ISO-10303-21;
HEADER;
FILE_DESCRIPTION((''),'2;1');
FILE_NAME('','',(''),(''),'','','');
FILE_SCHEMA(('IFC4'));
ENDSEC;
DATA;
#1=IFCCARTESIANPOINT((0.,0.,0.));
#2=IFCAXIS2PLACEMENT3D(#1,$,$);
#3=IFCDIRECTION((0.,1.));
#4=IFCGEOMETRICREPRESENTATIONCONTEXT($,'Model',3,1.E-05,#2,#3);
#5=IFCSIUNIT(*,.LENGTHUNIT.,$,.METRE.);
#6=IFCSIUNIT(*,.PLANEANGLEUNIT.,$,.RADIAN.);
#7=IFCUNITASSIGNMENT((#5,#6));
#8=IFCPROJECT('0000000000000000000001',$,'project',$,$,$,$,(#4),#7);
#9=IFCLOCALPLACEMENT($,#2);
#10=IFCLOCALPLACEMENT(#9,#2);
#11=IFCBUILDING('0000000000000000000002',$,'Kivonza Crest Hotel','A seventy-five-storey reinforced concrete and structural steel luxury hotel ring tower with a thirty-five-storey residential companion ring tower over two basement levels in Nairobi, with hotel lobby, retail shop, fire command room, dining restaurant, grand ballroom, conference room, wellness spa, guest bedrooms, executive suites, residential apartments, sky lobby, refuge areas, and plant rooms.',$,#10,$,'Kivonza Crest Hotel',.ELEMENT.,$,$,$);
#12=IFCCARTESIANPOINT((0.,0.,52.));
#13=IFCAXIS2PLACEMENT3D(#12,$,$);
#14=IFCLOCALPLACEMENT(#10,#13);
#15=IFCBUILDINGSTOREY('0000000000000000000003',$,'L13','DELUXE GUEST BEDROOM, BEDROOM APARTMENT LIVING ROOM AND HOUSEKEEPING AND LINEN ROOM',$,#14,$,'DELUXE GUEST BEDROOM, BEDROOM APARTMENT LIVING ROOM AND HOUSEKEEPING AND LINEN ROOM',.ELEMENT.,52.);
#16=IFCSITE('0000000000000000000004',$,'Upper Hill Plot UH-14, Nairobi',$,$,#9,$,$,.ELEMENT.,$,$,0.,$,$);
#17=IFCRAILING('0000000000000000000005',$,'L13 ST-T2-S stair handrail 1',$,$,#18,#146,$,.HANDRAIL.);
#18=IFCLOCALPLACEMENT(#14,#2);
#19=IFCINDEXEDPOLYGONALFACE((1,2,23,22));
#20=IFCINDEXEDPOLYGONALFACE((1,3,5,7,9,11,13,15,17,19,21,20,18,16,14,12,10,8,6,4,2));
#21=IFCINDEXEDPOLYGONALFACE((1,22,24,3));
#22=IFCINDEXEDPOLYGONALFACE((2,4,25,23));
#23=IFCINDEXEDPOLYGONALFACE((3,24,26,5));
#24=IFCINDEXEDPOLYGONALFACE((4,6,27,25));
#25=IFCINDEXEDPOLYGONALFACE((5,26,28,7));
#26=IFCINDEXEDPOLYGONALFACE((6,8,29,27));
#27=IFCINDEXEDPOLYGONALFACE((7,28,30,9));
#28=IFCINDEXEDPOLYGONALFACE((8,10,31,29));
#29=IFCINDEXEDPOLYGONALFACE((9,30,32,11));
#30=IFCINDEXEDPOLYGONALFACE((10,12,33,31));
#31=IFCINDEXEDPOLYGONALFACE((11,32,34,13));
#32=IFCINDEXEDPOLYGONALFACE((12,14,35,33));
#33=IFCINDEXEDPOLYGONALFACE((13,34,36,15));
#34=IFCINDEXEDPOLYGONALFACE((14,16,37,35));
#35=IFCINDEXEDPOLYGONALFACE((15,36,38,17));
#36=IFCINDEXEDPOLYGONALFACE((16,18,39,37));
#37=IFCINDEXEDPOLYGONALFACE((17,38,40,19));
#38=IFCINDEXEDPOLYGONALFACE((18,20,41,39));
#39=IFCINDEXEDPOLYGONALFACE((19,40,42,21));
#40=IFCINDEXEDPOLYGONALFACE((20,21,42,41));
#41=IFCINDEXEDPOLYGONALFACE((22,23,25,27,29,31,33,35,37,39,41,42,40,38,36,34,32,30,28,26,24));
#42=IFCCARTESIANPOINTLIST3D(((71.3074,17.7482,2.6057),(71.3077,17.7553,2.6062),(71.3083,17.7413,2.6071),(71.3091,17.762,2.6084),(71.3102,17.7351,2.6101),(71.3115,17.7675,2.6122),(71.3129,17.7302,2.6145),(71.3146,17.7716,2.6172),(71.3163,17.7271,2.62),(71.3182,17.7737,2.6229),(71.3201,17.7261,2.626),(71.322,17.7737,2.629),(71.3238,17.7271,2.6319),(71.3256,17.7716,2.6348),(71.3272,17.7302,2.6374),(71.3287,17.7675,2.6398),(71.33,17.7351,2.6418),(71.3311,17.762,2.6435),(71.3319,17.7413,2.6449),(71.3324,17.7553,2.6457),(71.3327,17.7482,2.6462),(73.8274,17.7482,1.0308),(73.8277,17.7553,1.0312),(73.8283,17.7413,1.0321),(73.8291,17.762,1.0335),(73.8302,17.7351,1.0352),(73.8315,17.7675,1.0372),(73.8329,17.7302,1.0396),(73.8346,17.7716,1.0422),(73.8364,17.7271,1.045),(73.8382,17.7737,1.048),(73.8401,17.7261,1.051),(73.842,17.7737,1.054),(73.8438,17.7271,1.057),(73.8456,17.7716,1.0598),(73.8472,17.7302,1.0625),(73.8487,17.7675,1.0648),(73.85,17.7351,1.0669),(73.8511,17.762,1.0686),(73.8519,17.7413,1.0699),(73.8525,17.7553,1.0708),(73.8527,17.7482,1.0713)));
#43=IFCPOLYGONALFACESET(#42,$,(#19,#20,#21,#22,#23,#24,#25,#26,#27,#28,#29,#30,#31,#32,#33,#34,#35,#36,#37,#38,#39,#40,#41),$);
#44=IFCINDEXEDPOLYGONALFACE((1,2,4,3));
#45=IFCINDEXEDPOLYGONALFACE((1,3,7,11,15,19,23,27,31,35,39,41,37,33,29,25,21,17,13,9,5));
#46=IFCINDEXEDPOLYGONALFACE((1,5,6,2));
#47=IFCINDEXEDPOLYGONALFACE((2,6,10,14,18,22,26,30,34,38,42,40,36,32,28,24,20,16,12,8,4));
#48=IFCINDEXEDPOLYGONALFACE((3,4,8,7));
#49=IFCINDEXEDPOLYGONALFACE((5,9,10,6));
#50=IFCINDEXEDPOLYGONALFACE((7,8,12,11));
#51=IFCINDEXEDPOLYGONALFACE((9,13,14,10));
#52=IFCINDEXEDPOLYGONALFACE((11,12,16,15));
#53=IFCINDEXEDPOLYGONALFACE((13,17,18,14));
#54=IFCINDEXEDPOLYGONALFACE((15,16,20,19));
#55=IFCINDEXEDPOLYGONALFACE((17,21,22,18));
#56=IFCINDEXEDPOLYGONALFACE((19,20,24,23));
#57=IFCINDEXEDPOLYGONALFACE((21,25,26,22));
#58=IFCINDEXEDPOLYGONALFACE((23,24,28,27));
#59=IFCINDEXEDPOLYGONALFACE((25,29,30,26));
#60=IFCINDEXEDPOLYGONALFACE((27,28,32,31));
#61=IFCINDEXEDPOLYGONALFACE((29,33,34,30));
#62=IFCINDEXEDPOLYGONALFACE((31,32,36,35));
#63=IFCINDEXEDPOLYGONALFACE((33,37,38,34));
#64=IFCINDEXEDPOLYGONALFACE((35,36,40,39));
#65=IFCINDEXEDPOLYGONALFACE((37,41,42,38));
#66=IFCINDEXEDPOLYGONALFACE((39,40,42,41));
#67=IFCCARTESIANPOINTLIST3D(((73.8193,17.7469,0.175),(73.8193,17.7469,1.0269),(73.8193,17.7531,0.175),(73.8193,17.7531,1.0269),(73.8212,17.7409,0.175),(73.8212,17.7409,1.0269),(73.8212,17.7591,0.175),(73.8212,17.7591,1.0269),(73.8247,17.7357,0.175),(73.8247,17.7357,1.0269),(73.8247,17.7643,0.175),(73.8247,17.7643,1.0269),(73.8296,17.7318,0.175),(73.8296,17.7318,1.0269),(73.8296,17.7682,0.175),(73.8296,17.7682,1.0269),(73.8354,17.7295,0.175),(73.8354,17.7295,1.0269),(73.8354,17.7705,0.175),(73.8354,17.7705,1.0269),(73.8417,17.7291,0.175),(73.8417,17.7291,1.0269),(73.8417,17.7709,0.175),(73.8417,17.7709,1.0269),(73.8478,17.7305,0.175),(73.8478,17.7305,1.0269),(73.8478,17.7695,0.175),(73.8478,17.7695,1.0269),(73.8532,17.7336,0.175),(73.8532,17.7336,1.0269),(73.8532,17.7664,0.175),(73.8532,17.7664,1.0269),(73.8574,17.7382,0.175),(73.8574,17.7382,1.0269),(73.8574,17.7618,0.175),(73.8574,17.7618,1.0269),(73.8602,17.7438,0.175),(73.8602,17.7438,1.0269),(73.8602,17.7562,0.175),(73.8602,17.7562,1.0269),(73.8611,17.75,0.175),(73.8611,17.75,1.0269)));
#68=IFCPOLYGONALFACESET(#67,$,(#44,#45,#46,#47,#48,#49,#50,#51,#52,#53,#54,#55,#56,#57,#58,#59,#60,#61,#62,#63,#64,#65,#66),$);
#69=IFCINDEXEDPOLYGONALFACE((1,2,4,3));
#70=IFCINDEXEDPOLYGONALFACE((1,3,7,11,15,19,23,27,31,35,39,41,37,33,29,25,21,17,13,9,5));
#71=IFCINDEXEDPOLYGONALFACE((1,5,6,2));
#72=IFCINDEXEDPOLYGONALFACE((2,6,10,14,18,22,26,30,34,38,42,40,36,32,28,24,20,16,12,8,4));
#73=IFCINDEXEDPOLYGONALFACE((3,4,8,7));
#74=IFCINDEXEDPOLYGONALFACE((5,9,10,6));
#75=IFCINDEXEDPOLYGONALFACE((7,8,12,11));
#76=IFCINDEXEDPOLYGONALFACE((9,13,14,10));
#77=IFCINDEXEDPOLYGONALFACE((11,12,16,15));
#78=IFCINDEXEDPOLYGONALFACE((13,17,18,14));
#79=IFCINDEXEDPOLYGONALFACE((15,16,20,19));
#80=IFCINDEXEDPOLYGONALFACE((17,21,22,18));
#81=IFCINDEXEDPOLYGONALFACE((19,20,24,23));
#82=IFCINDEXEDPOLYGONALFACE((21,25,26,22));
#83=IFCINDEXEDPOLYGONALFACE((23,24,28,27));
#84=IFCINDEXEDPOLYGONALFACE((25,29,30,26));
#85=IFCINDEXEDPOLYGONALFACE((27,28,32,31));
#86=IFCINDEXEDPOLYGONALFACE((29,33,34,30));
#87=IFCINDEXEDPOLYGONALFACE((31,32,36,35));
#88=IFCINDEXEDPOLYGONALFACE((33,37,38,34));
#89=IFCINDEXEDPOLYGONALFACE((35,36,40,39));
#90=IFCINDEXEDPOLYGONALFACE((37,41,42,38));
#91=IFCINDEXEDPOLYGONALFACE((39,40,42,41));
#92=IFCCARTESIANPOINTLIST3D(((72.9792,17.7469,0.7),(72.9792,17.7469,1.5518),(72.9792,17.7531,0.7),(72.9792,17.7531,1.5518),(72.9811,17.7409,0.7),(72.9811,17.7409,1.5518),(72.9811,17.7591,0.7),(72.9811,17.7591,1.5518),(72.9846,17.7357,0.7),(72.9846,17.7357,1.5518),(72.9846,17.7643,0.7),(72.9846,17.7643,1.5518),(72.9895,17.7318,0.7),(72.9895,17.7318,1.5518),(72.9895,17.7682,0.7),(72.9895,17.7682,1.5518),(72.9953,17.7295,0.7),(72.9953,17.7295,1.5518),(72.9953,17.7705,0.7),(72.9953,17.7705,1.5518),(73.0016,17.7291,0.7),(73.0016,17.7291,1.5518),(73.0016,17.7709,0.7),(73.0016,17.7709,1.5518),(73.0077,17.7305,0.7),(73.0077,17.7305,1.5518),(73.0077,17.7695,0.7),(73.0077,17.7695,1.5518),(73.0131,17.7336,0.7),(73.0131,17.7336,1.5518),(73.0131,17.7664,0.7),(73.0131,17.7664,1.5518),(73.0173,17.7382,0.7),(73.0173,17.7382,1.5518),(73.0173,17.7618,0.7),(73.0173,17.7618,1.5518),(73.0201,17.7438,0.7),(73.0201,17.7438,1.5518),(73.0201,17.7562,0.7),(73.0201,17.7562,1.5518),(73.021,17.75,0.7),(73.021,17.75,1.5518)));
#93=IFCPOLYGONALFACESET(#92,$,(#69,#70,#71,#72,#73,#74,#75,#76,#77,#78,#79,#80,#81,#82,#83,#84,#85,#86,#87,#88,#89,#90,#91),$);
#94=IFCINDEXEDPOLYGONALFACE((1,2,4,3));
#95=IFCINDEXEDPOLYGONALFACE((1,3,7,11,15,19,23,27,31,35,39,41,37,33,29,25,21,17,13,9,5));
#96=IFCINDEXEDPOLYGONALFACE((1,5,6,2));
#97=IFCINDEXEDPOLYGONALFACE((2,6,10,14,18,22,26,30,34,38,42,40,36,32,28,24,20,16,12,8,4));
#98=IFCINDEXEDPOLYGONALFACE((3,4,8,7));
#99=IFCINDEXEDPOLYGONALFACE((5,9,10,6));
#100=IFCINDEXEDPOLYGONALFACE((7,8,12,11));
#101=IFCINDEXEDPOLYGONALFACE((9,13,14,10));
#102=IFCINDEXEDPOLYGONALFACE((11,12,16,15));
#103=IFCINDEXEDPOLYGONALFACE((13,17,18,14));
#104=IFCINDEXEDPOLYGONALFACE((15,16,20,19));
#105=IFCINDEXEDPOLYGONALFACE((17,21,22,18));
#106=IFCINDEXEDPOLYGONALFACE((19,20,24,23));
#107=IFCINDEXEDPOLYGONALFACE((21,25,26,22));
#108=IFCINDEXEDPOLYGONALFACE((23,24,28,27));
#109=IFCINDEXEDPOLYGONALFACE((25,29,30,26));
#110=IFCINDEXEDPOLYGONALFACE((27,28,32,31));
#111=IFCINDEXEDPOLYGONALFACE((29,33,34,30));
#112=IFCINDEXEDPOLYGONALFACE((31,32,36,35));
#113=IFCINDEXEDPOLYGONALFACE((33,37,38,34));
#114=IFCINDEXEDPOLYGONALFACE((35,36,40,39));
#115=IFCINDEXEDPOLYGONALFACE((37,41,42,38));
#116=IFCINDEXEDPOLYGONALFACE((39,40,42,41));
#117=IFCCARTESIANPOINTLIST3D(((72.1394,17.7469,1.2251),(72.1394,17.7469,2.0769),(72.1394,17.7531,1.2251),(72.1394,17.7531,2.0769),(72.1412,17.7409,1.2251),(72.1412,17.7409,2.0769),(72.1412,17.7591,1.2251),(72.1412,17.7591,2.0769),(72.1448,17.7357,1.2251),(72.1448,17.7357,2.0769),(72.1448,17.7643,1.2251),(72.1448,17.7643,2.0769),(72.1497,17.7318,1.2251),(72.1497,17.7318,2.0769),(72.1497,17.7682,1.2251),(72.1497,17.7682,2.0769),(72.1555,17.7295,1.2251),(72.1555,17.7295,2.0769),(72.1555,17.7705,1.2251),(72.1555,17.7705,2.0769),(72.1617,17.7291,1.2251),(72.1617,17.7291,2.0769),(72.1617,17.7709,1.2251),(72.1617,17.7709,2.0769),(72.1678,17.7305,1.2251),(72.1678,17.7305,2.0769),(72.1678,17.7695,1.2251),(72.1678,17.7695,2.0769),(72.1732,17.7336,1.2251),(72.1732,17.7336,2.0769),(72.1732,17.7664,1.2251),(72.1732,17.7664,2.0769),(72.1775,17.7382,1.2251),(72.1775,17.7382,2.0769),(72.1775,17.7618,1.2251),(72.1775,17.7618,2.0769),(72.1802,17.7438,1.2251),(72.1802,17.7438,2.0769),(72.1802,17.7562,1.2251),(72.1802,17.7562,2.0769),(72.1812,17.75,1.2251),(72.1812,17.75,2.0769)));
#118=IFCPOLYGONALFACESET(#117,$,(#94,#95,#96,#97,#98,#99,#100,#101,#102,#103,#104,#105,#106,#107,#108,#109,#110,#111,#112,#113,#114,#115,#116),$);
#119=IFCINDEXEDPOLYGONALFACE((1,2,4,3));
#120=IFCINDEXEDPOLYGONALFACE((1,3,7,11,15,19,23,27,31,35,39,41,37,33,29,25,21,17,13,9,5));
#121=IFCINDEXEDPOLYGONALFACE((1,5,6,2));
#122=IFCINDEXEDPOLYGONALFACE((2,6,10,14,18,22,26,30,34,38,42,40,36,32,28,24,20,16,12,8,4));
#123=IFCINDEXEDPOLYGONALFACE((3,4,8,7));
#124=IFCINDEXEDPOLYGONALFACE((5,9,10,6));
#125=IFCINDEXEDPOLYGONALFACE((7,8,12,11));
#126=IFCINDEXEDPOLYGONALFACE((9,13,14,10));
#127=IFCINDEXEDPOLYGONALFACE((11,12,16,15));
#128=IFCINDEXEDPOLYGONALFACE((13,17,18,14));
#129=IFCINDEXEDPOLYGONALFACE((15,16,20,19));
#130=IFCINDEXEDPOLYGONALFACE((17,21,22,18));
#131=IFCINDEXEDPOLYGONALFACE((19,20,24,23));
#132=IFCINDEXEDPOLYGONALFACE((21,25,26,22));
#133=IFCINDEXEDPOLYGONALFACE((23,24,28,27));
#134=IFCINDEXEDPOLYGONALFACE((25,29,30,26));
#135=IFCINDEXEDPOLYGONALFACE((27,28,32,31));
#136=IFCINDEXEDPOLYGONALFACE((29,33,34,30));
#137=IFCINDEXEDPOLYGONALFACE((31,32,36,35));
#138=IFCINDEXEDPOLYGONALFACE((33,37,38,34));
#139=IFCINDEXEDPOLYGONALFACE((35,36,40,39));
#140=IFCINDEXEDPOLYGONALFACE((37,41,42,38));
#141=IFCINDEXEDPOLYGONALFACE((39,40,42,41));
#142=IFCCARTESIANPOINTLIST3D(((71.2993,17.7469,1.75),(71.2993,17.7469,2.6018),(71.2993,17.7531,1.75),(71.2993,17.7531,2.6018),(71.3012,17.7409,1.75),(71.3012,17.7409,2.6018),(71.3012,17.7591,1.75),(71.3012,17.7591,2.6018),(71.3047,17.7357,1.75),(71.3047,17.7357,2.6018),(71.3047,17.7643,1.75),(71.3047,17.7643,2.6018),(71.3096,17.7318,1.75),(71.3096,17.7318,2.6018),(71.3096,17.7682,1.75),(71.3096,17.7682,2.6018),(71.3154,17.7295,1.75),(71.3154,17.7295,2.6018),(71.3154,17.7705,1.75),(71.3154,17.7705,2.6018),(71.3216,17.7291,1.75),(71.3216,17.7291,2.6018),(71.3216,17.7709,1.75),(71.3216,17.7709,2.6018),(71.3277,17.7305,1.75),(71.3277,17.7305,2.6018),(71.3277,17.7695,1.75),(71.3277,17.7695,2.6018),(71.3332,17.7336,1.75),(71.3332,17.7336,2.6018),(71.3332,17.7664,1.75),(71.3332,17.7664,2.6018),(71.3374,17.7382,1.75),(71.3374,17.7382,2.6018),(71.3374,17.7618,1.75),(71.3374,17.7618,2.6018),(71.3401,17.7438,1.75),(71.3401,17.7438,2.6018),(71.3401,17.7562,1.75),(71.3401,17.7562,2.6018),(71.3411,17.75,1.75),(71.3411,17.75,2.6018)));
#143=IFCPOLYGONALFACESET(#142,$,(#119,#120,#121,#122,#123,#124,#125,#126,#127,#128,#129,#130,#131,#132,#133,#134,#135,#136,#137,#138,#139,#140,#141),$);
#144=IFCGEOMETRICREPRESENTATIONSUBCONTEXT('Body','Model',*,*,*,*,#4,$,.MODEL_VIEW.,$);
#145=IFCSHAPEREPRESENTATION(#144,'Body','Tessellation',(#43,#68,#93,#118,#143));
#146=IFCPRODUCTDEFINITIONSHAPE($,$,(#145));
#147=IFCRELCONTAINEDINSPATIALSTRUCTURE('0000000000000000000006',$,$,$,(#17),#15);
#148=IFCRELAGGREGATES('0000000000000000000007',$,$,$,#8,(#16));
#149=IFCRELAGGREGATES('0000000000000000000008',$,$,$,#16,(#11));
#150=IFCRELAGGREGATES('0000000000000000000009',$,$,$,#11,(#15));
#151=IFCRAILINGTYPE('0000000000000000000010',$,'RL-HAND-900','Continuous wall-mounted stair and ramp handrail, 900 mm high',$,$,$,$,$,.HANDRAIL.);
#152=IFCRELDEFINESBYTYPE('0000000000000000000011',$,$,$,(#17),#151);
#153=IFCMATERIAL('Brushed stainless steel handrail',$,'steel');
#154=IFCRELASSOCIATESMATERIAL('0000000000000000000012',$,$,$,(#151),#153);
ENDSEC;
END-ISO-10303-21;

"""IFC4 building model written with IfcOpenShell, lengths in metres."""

from ifc_helpers import new_model, si_unit, direction, frame, origin, origin_2d, place, context, subcontext, project, spatial, circle, extrude, material, type_object, element, save


model = new_model("IFC4")

# Units and contexts
model_context = context("Model", 3, precision=1e-05, world=origin(), true_north=direction((0.0, 1.0)))
body_context = subcontext(model_context, "Body", "Model", "MODEL_VIEW")
ifc_project = project(units=[si_unit("LENGTHUNIT", "METRE"), si_unit("PLANEANGLEUNIT", "RADIAN")], contexts=[model_context])

# Site, building, storey
site_placement = place(None, origin())
site = spatial("IfcSite", under=ifc_project, at=site_placement, Name="Upper Hill Plot UH-14, Nairobi", CompositionType="ELEMENT", RefElevation=0.0)
building_placement = place(site_placement, origin())
building = spatial("IfcBuilding", under=site, at=building_placement, Name="Kivonza Crest Hotel", Description="A seventy-five-storey reinforced concrete and structural steel luxury hotel ring tower with a thirty-five-storey residential companion ring tower over two basement levels in Nairobi, with hotel lobby, retail shop, fire command room, dining restaurant, grand ballroom, conference room, wellness spa, guest bedrooms, executive suites, residential apartments, sky lobby, refuge areas, and plant rooms.", LongName="Kivonza Crest Hotel", CompositionType="ELEMENT")
storey_placement = place(building_placement, frame((0.0, 0.0, 52.0)))
storey = spatial("IfcBuildingStorey", under=building, at=storey_placement, Name="L13", Description="DELUXE GUEST BEDROOM, BEDROOM APARTMENT LIVING ROOM AND HOUSEKEEPING AND LINEN ROOM", LongName="DELUXE GUEST BEDROOM, BEDROOM APARTMENT LIVING ROOM AND HOUSEKEEPING AND LINEN ROOM", CompositionType="ELEMENT", Elevation=52.0)

# Railing
ifc_material_1 = material(Name="Brushed stainless steel handrail", Category="steel")
railing_type_1 = type_object("IfcRailingType", Name="RL-HAND-900", Description="Continuous wall-mounted stair and ramp handrail, 900 mm high", PredefinedType="HANDRAIL", material=ifc_material_1)
railing_1_placement = place(storey_placement, frame((73.8401, 17.75, 0.175)))
element("IfcRailing", 1, at=railing_1_placement, inside=storey, type_object=railing_type_1, Name="L13 ST-T2-S stair handrail 1", PredefinedType="HANDRAIL", context=body_context, shape_type="SweptSolid", body=[
    extrude(circle(Radius=0.0239, at=origin_2d()), frame((0.0, 0.0, 0.876), z_axis=(-0.848008, 0.0, 0.529984), x_axis=(0.0, -1.0, 0.0)), (0.0, 0.0, 1.0), 2.9717),
    extrude(circle(Radius=0.021, at=origin_2d()), origin(), (0.0, 0.0, 1.0), 0.8518),
    extrude(circle(Radius=0.021, at=origin_2d()), frame((-0.8401, 0.0, 0.5249)), (0.0, 0.0, 1.0), 0.8518),
    extrude(circle(Radius=0.021, at=origin_2d()), frame((-1.6799, 0.0, 1.05)), (0.0, 0.0, 1.0), 0.8518),
    extrude(circle(Radius=0.021, at=origin_2d()), frame((-2.52, 0.0, 1.575)), (0.0, 0.0, 1.0), 0.8518),
])

save(model, "model.ifc")
